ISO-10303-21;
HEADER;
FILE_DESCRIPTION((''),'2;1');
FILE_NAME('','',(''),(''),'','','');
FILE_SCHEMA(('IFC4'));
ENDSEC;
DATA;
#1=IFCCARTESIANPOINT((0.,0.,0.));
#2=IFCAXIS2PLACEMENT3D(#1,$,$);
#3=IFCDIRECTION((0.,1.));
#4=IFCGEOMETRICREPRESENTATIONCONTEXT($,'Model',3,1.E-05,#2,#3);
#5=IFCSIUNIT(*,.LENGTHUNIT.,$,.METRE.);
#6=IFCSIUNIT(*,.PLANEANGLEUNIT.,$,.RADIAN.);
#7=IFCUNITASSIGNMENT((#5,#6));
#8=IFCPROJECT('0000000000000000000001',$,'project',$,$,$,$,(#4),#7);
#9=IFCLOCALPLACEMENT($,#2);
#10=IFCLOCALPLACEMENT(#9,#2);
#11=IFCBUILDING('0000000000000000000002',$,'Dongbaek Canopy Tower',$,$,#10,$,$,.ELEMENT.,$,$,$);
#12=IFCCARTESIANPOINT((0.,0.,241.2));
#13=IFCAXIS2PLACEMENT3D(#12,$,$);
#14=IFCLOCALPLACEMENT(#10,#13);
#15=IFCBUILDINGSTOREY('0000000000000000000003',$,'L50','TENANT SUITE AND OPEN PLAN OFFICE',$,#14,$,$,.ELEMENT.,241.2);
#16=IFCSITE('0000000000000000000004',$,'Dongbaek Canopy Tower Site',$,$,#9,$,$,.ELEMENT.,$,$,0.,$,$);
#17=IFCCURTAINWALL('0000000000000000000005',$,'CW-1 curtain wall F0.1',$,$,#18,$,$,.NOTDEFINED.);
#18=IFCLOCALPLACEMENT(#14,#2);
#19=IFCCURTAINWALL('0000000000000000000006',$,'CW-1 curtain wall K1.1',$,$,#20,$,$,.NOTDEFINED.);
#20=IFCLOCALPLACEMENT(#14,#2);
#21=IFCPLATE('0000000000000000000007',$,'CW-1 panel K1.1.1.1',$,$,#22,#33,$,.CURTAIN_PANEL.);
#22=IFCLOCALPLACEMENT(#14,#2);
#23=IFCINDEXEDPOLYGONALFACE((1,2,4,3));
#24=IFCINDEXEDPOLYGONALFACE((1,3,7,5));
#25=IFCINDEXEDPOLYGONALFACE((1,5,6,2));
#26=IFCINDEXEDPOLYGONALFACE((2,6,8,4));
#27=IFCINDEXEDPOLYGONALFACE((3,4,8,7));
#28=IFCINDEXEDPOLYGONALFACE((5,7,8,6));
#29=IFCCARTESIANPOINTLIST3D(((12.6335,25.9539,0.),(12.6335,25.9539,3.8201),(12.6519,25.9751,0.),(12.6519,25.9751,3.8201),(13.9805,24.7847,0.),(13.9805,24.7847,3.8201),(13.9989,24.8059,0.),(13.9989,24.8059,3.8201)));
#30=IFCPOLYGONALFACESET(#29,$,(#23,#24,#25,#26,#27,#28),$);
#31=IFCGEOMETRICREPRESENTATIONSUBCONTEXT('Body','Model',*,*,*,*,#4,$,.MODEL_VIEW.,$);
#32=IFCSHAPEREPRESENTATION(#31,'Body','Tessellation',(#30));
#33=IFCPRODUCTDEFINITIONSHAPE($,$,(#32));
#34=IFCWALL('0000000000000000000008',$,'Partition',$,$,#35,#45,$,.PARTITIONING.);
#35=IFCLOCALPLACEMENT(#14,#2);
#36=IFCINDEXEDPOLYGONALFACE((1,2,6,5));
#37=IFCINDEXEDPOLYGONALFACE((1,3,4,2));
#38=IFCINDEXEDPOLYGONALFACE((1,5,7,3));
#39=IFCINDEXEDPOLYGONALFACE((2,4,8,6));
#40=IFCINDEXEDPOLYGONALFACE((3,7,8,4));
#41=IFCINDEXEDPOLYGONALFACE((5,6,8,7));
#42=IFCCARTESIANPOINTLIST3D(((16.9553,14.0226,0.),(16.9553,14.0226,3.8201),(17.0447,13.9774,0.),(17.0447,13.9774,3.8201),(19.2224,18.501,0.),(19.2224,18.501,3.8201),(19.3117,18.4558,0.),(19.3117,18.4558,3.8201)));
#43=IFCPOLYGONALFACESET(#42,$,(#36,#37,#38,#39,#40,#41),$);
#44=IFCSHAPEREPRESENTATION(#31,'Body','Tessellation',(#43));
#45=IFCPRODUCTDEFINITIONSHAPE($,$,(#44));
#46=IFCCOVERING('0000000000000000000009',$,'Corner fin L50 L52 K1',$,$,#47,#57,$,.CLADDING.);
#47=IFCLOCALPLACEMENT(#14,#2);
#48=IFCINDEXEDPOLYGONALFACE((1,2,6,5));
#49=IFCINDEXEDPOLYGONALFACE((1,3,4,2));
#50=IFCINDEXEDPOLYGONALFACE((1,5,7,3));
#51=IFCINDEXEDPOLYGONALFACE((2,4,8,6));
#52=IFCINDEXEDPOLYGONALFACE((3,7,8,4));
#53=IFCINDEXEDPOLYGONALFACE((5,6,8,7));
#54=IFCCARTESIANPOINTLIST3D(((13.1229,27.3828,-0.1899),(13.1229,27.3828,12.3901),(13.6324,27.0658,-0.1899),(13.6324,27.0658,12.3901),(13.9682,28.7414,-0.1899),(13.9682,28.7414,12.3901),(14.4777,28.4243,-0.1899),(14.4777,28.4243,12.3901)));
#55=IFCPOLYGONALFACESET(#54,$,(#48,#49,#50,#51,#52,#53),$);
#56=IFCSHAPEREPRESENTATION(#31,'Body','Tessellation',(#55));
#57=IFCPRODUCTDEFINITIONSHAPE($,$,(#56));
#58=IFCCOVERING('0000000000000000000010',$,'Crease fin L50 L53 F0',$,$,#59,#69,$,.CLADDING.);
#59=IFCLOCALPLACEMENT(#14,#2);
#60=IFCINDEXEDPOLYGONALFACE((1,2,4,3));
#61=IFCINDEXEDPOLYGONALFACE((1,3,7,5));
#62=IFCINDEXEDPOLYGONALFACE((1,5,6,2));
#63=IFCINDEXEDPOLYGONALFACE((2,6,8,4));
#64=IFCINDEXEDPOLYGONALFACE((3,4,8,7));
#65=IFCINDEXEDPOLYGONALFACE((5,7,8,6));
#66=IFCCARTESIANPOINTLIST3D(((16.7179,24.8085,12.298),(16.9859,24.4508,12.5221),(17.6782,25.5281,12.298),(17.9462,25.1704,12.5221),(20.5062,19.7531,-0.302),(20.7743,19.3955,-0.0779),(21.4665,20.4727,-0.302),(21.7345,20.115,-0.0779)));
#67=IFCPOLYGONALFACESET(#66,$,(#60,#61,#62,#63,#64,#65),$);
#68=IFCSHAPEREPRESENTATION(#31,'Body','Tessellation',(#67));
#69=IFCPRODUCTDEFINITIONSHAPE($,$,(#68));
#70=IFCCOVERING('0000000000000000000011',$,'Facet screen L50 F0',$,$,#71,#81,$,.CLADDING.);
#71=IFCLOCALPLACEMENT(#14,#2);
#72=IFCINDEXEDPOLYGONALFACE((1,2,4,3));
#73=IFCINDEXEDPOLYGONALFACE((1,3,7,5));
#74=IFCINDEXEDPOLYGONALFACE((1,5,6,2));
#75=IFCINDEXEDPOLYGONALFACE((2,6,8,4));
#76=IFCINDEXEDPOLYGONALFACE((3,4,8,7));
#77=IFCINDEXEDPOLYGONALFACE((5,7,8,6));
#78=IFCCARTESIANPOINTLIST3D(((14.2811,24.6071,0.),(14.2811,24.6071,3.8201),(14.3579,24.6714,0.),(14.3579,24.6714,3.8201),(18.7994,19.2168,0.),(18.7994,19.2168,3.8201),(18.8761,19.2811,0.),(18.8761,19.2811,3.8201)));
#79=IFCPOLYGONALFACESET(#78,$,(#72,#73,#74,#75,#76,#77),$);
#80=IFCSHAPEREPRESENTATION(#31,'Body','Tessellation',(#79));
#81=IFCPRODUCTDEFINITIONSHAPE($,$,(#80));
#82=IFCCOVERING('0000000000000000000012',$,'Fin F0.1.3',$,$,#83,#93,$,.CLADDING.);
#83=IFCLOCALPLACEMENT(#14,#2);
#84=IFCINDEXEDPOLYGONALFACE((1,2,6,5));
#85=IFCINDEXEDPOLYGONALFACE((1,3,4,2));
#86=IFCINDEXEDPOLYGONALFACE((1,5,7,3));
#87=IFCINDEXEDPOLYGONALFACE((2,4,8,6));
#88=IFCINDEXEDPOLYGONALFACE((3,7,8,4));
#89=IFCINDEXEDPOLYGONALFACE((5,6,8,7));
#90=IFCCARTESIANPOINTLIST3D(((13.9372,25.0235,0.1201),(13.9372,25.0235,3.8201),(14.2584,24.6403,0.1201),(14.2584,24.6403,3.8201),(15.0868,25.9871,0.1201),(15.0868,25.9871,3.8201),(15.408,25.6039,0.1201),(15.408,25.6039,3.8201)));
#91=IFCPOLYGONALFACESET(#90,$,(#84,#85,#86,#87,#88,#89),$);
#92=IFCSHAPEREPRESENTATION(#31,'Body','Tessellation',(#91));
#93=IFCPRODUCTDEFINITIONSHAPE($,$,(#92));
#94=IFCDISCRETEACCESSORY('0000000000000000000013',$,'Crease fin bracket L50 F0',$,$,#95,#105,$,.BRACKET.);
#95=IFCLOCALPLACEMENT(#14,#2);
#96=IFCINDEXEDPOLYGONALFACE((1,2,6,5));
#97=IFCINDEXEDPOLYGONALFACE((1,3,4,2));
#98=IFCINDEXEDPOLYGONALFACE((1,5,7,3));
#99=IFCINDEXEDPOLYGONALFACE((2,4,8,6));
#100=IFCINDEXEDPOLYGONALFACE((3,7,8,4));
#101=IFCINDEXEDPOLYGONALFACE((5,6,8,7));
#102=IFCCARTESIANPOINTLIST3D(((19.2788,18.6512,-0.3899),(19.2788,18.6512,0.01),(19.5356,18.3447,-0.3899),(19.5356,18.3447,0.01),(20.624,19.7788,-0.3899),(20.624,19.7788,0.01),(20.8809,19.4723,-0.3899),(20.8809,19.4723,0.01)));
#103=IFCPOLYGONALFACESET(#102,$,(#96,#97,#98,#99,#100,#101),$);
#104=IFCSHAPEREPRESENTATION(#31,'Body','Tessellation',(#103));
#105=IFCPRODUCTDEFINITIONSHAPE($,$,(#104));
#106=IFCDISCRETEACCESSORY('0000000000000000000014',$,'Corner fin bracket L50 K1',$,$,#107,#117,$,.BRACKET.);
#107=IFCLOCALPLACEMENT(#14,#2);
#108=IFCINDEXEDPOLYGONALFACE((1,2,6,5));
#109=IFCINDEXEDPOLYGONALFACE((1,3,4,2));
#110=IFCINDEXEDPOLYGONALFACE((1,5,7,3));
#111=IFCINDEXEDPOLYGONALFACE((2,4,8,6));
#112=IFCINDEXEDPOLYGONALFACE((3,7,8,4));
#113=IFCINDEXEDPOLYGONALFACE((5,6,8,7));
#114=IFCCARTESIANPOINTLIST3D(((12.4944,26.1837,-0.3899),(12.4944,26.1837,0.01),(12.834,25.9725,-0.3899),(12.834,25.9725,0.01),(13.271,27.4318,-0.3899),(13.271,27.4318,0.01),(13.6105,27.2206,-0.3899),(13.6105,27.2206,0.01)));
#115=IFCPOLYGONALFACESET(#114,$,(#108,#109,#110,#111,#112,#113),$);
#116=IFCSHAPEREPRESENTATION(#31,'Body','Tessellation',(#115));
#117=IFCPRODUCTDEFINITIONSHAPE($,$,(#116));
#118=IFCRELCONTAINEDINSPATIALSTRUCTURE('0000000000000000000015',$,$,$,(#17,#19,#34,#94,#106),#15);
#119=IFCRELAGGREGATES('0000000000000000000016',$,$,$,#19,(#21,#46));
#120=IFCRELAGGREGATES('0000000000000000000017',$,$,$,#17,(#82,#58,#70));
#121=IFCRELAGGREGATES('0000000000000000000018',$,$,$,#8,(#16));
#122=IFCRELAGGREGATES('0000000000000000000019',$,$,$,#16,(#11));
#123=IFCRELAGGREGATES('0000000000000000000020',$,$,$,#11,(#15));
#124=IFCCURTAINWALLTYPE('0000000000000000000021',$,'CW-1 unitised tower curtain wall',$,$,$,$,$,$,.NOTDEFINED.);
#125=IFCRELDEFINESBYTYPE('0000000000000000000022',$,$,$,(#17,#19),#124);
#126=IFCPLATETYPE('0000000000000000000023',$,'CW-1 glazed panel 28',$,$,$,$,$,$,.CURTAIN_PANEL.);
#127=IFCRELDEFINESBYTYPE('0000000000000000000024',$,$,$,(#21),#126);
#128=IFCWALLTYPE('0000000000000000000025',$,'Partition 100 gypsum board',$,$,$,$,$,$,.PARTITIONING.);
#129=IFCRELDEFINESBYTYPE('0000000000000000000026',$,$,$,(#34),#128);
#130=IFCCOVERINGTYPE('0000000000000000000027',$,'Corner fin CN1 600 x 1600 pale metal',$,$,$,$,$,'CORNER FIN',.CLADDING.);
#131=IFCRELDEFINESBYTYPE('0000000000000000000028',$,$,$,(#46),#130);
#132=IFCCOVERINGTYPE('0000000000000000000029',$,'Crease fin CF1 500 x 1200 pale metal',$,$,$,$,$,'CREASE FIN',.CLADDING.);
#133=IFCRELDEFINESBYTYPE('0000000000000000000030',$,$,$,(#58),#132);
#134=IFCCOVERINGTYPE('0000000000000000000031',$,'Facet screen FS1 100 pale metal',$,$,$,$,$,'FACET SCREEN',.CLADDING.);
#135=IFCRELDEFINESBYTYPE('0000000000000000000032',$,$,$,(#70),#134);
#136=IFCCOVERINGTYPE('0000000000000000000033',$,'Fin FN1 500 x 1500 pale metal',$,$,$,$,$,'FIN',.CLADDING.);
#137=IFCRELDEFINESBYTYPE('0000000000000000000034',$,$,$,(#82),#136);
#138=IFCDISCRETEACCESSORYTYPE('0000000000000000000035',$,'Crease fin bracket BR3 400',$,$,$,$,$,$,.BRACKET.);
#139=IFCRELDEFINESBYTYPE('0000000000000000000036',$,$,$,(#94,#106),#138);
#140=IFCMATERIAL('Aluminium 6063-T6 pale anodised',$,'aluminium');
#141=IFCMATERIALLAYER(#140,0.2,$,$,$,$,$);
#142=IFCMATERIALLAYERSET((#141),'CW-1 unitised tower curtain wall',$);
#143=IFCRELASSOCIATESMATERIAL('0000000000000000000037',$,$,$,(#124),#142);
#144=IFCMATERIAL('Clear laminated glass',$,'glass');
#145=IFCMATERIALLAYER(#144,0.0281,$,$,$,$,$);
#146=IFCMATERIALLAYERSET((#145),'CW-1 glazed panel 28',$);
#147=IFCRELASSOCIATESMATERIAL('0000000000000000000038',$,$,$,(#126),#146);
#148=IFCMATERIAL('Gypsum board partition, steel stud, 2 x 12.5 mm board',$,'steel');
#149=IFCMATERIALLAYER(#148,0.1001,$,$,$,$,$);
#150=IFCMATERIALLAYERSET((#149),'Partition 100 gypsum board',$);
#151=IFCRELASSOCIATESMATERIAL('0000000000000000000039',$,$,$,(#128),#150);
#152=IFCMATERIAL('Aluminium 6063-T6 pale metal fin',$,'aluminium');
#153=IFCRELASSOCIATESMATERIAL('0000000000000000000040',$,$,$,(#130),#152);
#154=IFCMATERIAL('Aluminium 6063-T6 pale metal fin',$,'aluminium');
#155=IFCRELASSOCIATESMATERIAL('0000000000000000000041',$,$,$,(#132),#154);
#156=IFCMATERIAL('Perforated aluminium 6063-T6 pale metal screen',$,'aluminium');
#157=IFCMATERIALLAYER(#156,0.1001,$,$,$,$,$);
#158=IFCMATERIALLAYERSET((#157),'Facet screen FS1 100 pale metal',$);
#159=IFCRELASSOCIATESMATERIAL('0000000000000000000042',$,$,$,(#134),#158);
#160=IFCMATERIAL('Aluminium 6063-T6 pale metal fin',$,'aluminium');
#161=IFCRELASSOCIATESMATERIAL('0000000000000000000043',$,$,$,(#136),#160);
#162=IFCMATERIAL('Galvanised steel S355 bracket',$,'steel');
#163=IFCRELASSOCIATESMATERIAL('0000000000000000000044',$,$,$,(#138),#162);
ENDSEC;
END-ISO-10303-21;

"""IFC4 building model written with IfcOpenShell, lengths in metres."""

from ifc_helpers import new_model, si_unit, direction, frame, frame_2d, origin, origin_2d, place, context, subcontext, project, spatial, rectangle, extrude, material, layer, layer_set, material_profile, profile_set, type_object, element, aggregate, save


model = new_model("IFC4")

# Units and contexts
model_context = context("Model", 3, precision=1e-05, world=origin(), true_north=direction((0.0, 1.0)))
body_context = subcontext(model_context, "Body", "Model", "MODEL_VIEW")
ifc_project = project(units=[si_unit("LENGTHUNIT", "METRE"), si_unit("PLANEANGLEUNIT", "RADIAN")], contexts=[model_context])

# Site, building, storey
site_placement = place(None, origin())
site = spatial("IfcSite", under=ifc_project, at=site_placement, Name="Dongbaek Canopy Tower Site", CompositionType="ELEMENT", RefElevation=0.0)
building_placement = place(site_placement, origin())
building = spatial("IfcBuilding", under=site, at=building_placement, Name="Dongbaek Canopy Tower", CompositionType="ELEMENT")
storey_placement = place(building_placement, frame((0.0, 0.0, 241.2)))
storey = spatial("IfcBuildingStorey", under=building, at=storey_placement, Name="L50", Description="TENANT SUITE AND OPEN PLAN OFFICE", CompositionType="ELEMENT", Elevation=241.2)

# Curtain wall
ifc_material_1 = material(Name="Aluminium 6063-T6 pale anodised", Category="aluminium")
ifc_layer_1 = layer(ifc_material_1, 0.2)
ifc_layer_set_1 = layer_set([ifc_layer_1], Name="CW-1 unitised tower curtain wall")
curtain_wall_type = type_object("IfcCurtainWallType", Name="CW-1 unitised tower curtain wall", PredefinedType="NOTDEFINED", material=ifc_layer_set_1)
curtain_wall_1_placement = place(storey_placement, origin())
curtain_wall_1 = element("IfcCurtainWall", 1, at=curtain_wall_1_placement, inside=storey, type_object=curtain_wall_type, Name="CW-1 curtain wall F0.1", PredefinedType="NOTDEFINED")

# Shared definitions
ifc_material_2 = material(Name="Clear laminated glass", Category="glass")
ifc_layer_2 = layer(ifc_material_2, 0.0281)
ifc_layer_set_2 = layer_set([ifc_layer_2], Name="CW-1 glazed panel 28")
plate_type = type_object("IfcPlateType", Name="CW-1 glazed panel 28", PredefinedType="CURTAIN_PANEL", material=ifc_layer_set_2)

# Curtain wall, plate
curtain_wall_2_placement = place(storey_placement, origin())
curtain_wall_2 = element("IfcCurtainWall", 2, at=curtain_wall_2_placement, inside=storey, type_object=curtain_wall_type, Name="CW-1 curtain wall K1.1", PredefinedType="NOTDEFINED")
plate_1_placement = place(storey_placement, frame((13.3162, 25.3799, 0.0), z_axis=(0.0, 0.0, 1.0), x_axis=(-0.755169, 0.65553, 0.0)))
plate_1 = element("IfcPlate", 3, at=plate_1_placement, type_object=plate_type, Name="CW-1 panel K1.1.1.1", PredefinedType="CURTAIN_PANEL", context=body_context, shape_type="SweptSolid", body=[
    extrude(rectangle(XDim=1.7837, YDim=0.0281, at=origin_2d()), origin(), (0.0, 0.0, 1.0), 3.8201),
])

# Wall
ifc_material_3 = material(Name="Gypsum board partition, steel stud, 2 x 12.5 mm board", Category="steel")
ifc_layer_3 = layer(ifc_material_3, 0.1001)
ifc_layer_set_3 = layer_set([ifc_layer_3], Name="Partition 100 gypsum board")
wall_type = type_object("IfcWallType", Name="Partition 100 gypsum board", PredefinedType="PARTITIONING", material=ifc_layer_set_3)
wall_placement = place(storey_placement, frame((17.0, 14.0, 0.0), z_axis=(0.0, 0.0, 1.0), x_axis=(0.451644, 0.892198, 0.0)))
element("IfcWall", 4, at=wall_placement, inside=storey, type_object=wall_type, Name="Partition", PredefinedType="PARTITIONING", context=body_context, shape_type="SweptSolid", body=[
    extrude(rectangle(XDim=5.0195, YDim=0.1001, at=frame_2d((2.5098, 0.0))), origin(), (0.0, 0.0, 1.0), 3.8201),
])

# Coverings
ifc_material_4 = material(Name="Aluminium 6063-T6 pale metal fin", Category="aluminium")
ifc_material_profile_1 = material_profile(ifc_material_4, rectangle(XDim=1.6001, YDim=0.6001, at=origin_2d()), Name="Corner fin CN1 600 x 1600 pale metal")
ifc_profile_set_1 = profile_set([ifc_material_profile_1], Name="Aluminium 6063-T6 pale metal fin")
covering_type_1 = type_object("IfcCoveringType", Name="Corner fin CN1 600 x 1600 pale metal", ElementType="CORNER FIN", PredefinedType="CLADDING", material=ifc_profile_set_1)
covering_1_placement = place(storey_placement, frame((13.8003, 27.9036, -0.1899), z_axis=(0.0, 0.0, 1.0), x_axis=(0.528293, 0.849062, 0.0)))
covering_1 = element("IfcCovering", 5, at=covering_1_placement, type_object=covering_type_1, Name="Corner fin L50 L52 K1", PredefinedType="CLADDING", context=body_context, shape_type="SweptSolid", body=[
    extrude(rectangle(XDim=1.6001, YDim=0.6001, at=origin_2d()), origin(), (0.0, 0.0, 1.0), 12.5801),
])
aggregate(curtain_wall_2, [plate_1, covering_1])
ifc_material_5 = material(Name="Aluminium 6063-T6 pale metal fin", Category="aluminium")
ifc_material_profile_2 = material_profile(ifc_material_5, rectangle(XDim=1.2, YDim=0.5, at=origin_2d()), Name="Crease fin CF1 500 x 1200 pale metal")
ifc_profile_set_2 = profile_set([ifc_material_profile_2], Name="Aluminium 6063-T6 pale metal fin")
covering_type_2 = type_object("IfcCoveringType", Name="Crease fin CF1 500 x 1200 pale metal", ElementType="CREASE FIN", PredefinedType="CLADDING", material=ifc_profile_set_2)
covering_2_placement = place(storey_placement, frame((21.1204, 19.9341, -0.1899), z_axis=(-0.26877, 0.358666, 0.893936), x_axis=(-0.800246, -0.599672, 0.0)))
covering_2 = element("IfcCovering", 6, at=covering_2_placement, type_object=covering_type_2, Name="Crease fin L50 L53 F0", PredefinedType="CLADDING", context=body_context, shape_type="SweptSolid", body=[
    extrude(rectangle(XDim=1.2, YDim=0.5, at=origin_2d()), origin(), (0.0, 0.0, 1.0), 14.095),
])
ifc_material_6 = material(Name="Perforated aluminium 6063-T6 pale metal screen", Category="aluminium")
ifc_layer_4 = layer(ifc_material_6, 0.1001)
ifc_layer_set_4 = layer_set([ifc_layer_4], Name="Facet screen FS1 100 pale metal")
covering_type_3 = type_object("IfcCoveringType", Name="Facet screen FS1 100 pale metal", ElementType="FACET SCREEN", PredefinedType="CLADDING", material=ifc_layer_set_4)
covering_3_placement = place(storey_placement, frame((16.5786, 21.9441, 0.0), z_axis=(0.0, 0.0, 1.0), x_axis=(-0.642393, 0.766375, 0.0)))
covering_3 = element("IfcCovering", 7, at=covering_3_placement, type_object=covering_type_3, Name="Facet screen L50 F0", PredefinedType="CLADDING", context=body_context, shape_type="SweptSolid", body=[
    extrude(rectangle(XDim=7.0334, YDim=0.1001, at=origin_2d()), origin(), (0.0, 0.0, 1.0), 3.8201),
])
ifc_material_7 = material(Name="Aluminium 6063-T6 pale metal fin", Category="aluminium")
ifc_material_profile_3 = material_profile(ifc_material_7, rectangle(XDim=1.5, YDim=0.5, at=origin_2d()), Name="Fin FN1 500 x 1500 pale metal")
ifc_profile_set_3 = profile_set([ifc_material_profile_3], Name="Aluminium 6063-T6 pale metal fin")
covering_type_4 = type_object("IfcCoveringType", Name="Fin FN1 500 x 1500 pale metal", ElementType="FIN", PredefinedType="CLADDING", material=ifc_profile_set_3)
covering_4_placement = place(storey_placement, frame((14.6726, 25.3137, 0.1201), z_axis=(0.0, 0.0, 1.0), x_axis=(0.766375, 0.642393, 0.0)))
covering_4 = element("IfcCovering", 8, at=covering_4_placement, type_object=covering_type_4, Name="Fin F0.1.3", PredefinedType="CLADDING", context=body_context, shape_type="SweptSolid", body=[
    extrude(rectangle(XDim=1.5, YDim=0.5, at=origin_2d()), origin(), (0.0, 0.0, 1.0), 3.7),
])
aggregate(curtain_wall_1, [covering_4, covering_2, covering_3])

# Discrete accessories
ifc_material_8 = material(Name="Galvanised steel S355 bracket", Category="steel")
discrete_accessory_type = type_object("IfcDiscreteAccessoryType", Name="Crease fin bracket BR3 400", PredefinedType="BRACKET", material=ifc_material_8)
discrete_accessory_1_placement = place(storey_placement, frame((20.0798, 19.0618, -0.3899), z_axis=(0.0, 0.0, 1.0), x_axis=(0.766375, 0.642393, 0.0)))
element("IfcDiscreteAccessory", 9, at=discrete_accessory_1_placement, inside=storey, type_object=discrete_accessory_type, Name="Crease fin bracket L50 F0", PredefinedType="BRACKET", context=body_context, shape_type="SweptSolid", body=[
    extrude(rectangle(XDim=1.7554, YDim=0.3999, at=origin_2d()), origin(), (0.0, 0.0, 1.0), 0.3999),
])
discrete_accessory_2_placement = place(storey_placement, frame((13.0525, 26.7021, -0.3899), z_axis=(0.0, 0.0, 1.0), x_axis=(0.528293, 0.849062, 0.0)))
element("IfcDiscreteAccessory", 10, at=discrete_accessory_2_placement, inside=storey, type_object=discrete_accessory_type, Name="Corner fin bracket L50 K1", PredefinedType="BRACKET", context=body_context, shape_type="SweptSolid", body=[
    extrude(rectangle(XDim=1.47, YDim=0.3999, at=origin_2d()), origin(), (0.0, 0.0, 1.0), 0.3999),
])

save(model, "model.ifc")
